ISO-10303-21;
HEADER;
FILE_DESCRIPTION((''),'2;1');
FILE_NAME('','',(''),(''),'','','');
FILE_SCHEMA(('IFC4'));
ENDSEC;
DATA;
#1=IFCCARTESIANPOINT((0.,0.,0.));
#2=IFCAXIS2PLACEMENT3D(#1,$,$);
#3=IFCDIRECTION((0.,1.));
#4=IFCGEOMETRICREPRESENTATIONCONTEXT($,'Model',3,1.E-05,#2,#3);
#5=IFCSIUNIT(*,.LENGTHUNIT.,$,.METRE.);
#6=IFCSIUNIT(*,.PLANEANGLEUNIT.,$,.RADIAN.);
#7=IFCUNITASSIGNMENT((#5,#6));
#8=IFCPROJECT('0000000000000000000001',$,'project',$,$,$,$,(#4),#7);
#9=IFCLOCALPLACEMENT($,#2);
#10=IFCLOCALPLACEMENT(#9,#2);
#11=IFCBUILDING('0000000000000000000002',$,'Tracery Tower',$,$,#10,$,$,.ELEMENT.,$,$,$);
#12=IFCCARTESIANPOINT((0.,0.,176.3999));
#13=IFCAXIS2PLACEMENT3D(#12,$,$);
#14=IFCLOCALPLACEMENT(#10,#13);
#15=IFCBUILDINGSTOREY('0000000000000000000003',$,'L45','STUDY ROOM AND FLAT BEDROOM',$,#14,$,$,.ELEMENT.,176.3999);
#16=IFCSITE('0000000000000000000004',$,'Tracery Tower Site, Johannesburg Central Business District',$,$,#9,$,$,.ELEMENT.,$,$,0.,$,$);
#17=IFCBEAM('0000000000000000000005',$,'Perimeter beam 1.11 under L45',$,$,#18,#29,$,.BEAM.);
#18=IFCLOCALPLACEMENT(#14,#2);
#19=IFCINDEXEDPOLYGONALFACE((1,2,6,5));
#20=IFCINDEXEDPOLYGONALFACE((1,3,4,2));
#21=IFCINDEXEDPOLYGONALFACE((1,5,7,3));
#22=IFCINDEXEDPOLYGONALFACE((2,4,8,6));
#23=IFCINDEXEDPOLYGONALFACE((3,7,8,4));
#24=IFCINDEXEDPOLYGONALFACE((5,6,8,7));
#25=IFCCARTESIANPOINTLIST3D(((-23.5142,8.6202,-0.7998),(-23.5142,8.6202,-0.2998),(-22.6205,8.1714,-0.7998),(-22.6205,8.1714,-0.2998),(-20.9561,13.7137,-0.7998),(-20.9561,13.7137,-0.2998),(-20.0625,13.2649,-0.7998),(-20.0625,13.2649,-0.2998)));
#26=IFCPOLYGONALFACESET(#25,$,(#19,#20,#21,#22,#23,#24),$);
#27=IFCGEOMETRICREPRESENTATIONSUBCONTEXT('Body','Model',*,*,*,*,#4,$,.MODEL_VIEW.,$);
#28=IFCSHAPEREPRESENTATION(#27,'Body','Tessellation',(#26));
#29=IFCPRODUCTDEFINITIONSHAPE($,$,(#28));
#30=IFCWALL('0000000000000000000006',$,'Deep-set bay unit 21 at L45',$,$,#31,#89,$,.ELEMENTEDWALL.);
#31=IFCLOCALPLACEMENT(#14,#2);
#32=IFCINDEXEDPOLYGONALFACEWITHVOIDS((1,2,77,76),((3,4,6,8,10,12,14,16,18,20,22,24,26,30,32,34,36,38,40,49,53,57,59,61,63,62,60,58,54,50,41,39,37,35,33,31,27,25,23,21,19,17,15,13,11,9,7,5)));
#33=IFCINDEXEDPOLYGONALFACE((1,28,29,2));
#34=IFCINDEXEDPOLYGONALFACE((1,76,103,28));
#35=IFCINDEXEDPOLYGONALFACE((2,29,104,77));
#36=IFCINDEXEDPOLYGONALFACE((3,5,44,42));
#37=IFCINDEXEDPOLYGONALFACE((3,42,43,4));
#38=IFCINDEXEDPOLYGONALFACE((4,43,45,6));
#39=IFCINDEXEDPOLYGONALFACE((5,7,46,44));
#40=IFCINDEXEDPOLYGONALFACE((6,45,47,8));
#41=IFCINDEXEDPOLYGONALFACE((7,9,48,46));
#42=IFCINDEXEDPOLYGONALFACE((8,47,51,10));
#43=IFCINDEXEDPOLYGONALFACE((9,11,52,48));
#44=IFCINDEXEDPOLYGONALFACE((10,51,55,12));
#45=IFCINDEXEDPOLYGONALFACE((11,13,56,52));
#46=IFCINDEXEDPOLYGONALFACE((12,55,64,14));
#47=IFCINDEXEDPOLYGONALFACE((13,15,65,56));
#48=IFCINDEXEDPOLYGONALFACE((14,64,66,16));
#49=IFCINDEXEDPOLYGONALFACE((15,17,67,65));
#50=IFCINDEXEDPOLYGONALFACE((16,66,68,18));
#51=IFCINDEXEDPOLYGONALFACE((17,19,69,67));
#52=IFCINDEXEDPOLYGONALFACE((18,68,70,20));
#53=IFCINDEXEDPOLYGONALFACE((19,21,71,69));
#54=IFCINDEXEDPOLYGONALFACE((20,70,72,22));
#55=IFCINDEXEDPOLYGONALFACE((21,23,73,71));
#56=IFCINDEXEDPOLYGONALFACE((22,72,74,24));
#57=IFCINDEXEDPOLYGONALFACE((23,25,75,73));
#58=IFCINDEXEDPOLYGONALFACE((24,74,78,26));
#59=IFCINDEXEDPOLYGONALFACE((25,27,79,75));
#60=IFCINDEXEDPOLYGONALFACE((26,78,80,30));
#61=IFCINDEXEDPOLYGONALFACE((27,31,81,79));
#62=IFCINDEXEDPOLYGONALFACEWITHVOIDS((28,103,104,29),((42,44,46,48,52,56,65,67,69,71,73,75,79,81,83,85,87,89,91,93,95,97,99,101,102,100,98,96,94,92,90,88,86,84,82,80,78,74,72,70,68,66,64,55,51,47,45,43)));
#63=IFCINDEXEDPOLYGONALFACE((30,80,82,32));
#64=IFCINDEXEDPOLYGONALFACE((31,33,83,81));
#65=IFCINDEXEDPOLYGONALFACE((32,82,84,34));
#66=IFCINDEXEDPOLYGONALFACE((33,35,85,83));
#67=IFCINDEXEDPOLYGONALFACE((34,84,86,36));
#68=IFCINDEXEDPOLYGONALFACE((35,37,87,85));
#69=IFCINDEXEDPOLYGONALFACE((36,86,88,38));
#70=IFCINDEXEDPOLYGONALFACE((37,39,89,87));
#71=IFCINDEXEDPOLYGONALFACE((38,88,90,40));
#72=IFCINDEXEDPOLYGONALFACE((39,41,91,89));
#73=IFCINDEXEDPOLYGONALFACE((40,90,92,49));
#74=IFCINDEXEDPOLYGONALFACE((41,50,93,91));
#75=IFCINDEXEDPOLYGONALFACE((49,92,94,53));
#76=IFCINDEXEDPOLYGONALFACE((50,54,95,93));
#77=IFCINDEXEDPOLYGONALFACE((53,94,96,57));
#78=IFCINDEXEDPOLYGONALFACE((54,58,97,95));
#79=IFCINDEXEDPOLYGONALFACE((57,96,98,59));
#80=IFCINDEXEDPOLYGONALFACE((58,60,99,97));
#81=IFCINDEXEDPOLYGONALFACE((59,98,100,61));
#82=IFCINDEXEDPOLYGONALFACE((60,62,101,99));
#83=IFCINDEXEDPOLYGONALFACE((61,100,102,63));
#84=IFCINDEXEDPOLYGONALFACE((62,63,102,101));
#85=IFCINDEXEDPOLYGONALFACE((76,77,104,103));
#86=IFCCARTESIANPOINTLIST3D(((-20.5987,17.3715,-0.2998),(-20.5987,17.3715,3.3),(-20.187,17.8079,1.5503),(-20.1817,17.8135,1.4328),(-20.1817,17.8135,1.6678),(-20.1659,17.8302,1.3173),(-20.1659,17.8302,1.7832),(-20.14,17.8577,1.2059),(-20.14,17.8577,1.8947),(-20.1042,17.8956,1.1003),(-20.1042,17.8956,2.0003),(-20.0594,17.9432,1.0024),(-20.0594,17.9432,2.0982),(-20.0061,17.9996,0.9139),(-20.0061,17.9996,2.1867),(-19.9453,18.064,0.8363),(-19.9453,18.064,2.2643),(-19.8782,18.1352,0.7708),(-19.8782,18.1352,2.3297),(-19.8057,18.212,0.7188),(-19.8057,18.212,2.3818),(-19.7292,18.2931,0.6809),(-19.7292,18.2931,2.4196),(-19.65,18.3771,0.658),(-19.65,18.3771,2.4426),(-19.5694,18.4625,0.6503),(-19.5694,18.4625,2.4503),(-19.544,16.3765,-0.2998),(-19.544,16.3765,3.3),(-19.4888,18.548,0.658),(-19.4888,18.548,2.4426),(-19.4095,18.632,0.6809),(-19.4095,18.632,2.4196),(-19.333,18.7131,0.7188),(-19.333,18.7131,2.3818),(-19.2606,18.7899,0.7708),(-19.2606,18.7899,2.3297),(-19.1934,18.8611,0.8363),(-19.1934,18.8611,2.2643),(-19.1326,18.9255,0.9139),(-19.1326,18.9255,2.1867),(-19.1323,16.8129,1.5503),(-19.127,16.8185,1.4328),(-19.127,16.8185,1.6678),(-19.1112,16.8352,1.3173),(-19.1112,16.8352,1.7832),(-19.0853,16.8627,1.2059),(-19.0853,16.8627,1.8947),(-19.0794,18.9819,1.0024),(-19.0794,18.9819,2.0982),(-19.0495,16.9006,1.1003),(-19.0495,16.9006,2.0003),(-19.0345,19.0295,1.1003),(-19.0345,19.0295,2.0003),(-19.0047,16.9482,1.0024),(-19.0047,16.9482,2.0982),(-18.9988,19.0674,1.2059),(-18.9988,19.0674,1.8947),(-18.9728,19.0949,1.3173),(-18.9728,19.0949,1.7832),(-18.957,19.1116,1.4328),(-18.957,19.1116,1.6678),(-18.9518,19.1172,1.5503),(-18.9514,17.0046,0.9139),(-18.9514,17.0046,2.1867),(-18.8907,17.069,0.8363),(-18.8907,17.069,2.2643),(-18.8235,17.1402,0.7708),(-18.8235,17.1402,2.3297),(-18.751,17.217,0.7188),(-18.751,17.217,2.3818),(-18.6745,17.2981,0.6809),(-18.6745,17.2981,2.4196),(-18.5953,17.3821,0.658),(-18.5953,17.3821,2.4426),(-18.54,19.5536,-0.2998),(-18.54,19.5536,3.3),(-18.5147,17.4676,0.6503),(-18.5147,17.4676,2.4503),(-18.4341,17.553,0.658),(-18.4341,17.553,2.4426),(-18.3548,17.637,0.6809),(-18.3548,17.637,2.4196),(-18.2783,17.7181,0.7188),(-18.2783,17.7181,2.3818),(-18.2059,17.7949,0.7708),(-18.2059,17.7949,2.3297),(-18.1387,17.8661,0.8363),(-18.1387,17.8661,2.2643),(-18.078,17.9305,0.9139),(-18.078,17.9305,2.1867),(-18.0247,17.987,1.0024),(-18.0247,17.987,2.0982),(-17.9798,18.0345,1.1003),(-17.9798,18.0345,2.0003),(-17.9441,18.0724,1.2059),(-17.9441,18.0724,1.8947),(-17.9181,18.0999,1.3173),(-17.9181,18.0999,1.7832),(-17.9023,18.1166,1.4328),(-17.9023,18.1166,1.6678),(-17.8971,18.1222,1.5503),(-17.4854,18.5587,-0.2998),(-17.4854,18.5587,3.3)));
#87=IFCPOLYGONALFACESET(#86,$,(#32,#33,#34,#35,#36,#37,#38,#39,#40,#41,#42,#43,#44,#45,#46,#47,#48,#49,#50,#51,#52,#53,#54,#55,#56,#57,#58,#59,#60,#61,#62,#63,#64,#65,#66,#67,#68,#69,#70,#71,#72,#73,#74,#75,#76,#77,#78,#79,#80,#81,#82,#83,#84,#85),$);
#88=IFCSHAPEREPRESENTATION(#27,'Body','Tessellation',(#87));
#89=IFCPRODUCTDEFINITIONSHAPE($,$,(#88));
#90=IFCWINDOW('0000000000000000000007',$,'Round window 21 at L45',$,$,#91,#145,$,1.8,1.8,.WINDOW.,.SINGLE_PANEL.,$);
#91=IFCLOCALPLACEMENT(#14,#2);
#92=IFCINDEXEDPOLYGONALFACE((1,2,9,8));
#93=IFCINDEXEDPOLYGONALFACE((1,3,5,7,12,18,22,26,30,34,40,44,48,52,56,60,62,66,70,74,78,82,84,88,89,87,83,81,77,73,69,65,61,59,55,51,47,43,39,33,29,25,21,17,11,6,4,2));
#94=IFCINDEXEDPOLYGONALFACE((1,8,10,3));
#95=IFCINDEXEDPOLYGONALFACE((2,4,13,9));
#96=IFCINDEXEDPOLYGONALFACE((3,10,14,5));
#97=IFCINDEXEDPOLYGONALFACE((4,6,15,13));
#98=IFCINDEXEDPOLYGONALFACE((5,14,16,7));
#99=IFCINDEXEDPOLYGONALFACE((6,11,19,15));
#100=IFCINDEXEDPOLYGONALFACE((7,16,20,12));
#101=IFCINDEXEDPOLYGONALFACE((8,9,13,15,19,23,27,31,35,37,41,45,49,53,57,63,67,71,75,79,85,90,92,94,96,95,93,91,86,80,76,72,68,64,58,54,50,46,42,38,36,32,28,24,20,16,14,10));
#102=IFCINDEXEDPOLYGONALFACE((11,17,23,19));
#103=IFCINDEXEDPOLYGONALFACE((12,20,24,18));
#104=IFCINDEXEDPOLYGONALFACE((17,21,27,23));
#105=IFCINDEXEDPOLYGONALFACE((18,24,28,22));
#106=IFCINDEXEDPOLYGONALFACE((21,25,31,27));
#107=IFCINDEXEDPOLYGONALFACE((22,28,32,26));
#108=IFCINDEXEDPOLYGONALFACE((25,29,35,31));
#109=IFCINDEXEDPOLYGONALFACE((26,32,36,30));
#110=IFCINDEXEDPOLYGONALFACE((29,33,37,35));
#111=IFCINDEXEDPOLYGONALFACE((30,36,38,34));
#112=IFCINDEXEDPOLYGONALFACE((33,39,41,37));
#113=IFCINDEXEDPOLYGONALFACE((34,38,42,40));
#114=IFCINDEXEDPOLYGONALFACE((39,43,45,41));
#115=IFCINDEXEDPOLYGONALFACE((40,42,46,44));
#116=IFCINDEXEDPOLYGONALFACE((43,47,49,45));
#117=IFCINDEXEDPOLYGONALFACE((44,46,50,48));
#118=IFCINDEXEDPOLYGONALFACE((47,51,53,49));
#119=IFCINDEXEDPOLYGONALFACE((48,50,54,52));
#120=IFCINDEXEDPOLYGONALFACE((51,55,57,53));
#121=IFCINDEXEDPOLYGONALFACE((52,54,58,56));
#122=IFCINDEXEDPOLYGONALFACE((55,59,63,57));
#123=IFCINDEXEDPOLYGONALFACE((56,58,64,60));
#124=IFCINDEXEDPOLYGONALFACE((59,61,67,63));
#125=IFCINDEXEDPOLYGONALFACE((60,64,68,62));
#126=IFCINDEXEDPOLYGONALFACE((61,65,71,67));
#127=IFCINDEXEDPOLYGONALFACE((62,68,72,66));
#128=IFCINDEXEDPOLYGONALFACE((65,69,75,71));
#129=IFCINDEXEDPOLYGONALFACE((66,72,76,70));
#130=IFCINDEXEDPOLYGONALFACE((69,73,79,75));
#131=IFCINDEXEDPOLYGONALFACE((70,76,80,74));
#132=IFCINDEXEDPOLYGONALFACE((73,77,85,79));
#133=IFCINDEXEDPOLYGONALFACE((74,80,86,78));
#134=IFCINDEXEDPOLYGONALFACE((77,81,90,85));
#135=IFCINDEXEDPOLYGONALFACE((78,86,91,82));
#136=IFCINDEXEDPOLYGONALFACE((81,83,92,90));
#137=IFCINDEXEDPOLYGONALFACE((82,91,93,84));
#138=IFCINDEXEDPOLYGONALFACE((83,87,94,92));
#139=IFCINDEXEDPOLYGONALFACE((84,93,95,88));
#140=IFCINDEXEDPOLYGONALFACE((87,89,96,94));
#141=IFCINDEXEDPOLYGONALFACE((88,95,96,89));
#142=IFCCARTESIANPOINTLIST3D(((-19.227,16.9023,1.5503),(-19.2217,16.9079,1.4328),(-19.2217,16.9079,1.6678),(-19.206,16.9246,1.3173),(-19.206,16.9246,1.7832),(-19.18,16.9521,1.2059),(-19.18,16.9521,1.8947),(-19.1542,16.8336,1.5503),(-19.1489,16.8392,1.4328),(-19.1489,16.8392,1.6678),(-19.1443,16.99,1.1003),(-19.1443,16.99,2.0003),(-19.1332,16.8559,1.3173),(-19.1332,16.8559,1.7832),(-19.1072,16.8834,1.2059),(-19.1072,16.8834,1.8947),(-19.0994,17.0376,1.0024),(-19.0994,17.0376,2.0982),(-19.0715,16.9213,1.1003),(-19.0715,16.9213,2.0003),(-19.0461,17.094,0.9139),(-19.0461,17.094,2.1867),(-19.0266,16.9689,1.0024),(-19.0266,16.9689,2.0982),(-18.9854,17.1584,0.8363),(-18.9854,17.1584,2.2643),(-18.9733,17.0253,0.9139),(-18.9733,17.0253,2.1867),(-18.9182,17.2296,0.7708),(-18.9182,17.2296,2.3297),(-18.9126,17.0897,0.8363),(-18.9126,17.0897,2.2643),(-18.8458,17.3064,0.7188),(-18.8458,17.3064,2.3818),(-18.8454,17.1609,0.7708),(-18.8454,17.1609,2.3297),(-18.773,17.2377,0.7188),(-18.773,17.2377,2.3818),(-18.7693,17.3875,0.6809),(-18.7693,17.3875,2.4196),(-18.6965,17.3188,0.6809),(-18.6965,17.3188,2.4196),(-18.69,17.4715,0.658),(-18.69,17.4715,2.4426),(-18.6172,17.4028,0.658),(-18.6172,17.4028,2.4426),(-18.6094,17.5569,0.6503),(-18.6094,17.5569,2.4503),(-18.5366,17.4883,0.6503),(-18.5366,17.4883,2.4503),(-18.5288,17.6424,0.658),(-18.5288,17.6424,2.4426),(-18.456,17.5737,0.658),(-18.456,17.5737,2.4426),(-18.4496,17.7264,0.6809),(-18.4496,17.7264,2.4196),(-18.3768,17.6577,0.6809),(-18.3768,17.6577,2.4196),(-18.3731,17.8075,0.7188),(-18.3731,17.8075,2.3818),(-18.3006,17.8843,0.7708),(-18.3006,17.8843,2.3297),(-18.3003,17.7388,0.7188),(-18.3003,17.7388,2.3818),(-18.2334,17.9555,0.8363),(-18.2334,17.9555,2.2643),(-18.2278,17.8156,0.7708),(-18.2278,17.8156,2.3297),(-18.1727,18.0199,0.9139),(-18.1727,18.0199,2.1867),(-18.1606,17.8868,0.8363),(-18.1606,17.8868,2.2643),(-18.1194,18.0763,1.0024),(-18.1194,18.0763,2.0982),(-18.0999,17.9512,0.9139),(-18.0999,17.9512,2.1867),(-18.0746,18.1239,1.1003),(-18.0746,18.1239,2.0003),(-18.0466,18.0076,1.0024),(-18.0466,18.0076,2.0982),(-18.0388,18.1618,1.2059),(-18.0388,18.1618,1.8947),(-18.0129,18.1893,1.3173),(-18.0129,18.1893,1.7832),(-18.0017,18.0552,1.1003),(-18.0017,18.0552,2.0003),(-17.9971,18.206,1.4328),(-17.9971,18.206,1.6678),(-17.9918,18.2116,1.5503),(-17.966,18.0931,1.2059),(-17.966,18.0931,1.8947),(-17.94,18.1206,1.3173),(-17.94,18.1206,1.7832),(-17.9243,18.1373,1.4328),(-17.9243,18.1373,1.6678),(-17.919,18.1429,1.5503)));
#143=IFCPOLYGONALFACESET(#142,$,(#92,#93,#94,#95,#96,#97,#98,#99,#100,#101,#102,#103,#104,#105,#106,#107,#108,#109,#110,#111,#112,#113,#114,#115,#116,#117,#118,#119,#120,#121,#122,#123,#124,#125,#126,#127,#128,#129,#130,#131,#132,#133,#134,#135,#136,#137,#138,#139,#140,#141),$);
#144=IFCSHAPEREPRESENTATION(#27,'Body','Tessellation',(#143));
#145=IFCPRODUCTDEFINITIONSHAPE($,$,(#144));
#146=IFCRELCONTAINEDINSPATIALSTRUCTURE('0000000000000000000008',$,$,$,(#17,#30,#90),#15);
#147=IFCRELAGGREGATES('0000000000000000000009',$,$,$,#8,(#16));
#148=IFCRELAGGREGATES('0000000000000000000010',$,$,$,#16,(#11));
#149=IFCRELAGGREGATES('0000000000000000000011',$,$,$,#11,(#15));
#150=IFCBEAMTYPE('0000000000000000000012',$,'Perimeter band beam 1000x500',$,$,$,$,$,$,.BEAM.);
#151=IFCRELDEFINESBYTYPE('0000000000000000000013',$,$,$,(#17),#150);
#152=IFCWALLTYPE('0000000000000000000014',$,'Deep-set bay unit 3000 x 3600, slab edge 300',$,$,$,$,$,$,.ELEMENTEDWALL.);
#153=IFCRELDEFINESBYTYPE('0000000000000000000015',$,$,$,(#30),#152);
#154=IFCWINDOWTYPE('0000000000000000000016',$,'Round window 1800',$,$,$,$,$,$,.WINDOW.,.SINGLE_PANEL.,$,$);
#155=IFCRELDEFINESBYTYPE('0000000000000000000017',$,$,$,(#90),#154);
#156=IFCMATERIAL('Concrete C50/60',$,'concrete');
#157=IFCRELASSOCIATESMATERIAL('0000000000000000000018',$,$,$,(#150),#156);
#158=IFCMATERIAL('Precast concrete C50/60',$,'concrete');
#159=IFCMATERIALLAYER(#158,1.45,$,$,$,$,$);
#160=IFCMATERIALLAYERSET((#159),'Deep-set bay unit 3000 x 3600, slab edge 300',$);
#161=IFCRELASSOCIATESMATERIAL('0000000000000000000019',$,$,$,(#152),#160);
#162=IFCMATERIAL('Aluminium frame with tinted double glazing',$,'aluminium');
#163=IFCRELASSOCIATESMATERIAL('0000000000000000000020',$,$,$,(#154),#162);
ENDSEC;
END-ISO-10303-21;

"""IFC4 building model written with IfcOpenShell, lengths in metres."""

from ifc_helpers import new_model, si_unit, direction, frame, frame_2d, origin, origin_2d, place, context, subcontext, project, spatial, rectangle, circle, extrude, material, layer, layer_set, material_profile, profile_set, type_object, element, fill, save


model = new_model("IFC4")

# Units and contexts
model_context = context("Model", 3, precision=1e-05, world=origin(), true_north=direction((0.0, 1.0)))
body_context = subcontext(model_context, "Body", "Model", "MODEL_VIEW")
ifc_project = project(units=[si_unit("LENGTHUNIT", "METRE"), si_unit("PLANEANGLEUNIT", "RADIAN")], contexts=[model_context])

# Site, building, storey
site_placement = place(None, origin())
site = spatial("IfcSite", under=ifc_project, at=site_placement, Name="Tracery Tower Site, Johannesburg Central Business District", CompositionType="ELEMENT", RefElevation=0.0)
building_placement = place(site_placement, origin())
building = spatial("IfcBuilding", under=site, at=building_placement, Name="Tracery Tower", CompositionType="ELEMENT")
storey_placement = place(building_placement, frame((0.0, 0.0, 176.3999)))
storey = spatial("IfcBuildingStorey", under=building, at=storey_placement, Name="L45", Description="STUDY ROOM AND FLAT BEDROOM", CompositionType="ELEMENT", Elevation=176.3999)

# Beam
ifc_material_1 = material(Name="Concrete C50/60", Category="concrete")
ifc_material_profile_1 = material_profile(ifc_material_1, rectangle(XDim=1.0, YDim=0.5, at=origin_2d()), Name="RC 1000x500")
ifc_profile_set_1 = profile_set([ifc_material_profile_1], Name="Concrete C50/60")
beam_type_1 = type_object("IfcBeamType", Name="Perimeter band beam 1000x500", PredefinedType="BEAM", material=ifc_profile_set_1)
beam_1_placement = place(storey_placement, frame((-20.5093, 13.4893, -0.5498), z_axis=(-0.448806, -0.893629, 0.0), x_axis=(0.893629, -0.448806, 0.0)))
element("IfcBeam", 1, at=beam_1_placement, inside=storey, type_object=beam_type_1, Name="Perimeter beam 1.11 under L45", PredefinedType="BEAM", context=body_context, shape_type="SweptSolid", body=[
    extrude(rectangle(XDim=1.0, YDim=0.5, at=origin_2d()), origin(), (0.0, 0.0, 1.0), 5.6997),
])

# Wall, opening, window
ifc_material_2 = material(Name="Precast concrete C50/60", Category="concrete")
ifc_layer_1 = layer(ifc_material_2, 1.45)
ifc_layer_set_1 = layer_set([ifc_layer_1], Name="Deep-set bay unit 3000 x 3600, slab edge 300")
wall_type_1 = type_object("IfcWallType", Name="Deep-set bay unit 3000 x 3600, slab edge 300", PredefinedType="ELEMENTEDWALL", material=ifc_layer_set_1)
wall_1_placement = place(storey_placement, frame((-18.0127, 19.0562, -0.2998), z_axis=(0.0, 0.0, 1.0), x_axis=(-0.686217, -0.727397, 0.0)))
wall_1 = element("IfcWall", 2, at=wall_1_placement, inside=storey, type_object=wall_type_1, Name="Deep-set bay unit 21 at L45", PredefinedType="ELEMENTEDWALL", context=body_context, shape_type="SweptSolid", body=[
    extrude(rectangle(XDim=3.0, YDim=1.45, at=frame_2d((1.5, 0.0))), origin(), (0.0, 0.0, 1.0), 3.5999),
])
opening_1_placement = place(wall_1_placement, frame((1.5, 0.0, 1.8501)))
opening_1 = element("IfcOpeningElement", 3, at=opening_1_placement, cuts=wall_1, PredefinedType="OPENING", context=body_context, shape_type="SweptSolid", body=[
    extrude(circle(Radius=0.9, at=origin_2d()), frame((0.0, 0.7349, 0.0), z_axis=(0.0, -1.0, 0.0), x_axis=(1.0, 0.0, 0.0)), (0.0, 0.0, 1.0), 1.47),
])
ifc_material_3 = material(Name="Aluminium frame with tinted double glazing", Category="aluminium")
window_type = type_object("IfcWindowType", Name="Round window 1800", PartitioningType="SINGLE_PANEL", PredefinedType="WINDOW", material=ifc_material_3)
window_1_placement = place(opening_1_placement, origin())
window_1 = element("IfcWindow", 4, at=window_1_placement, inside=storey, type_object=window_type, Name="Round window 21 at L45", OverallHeight=1.8, OverallWidth=1.8, PartitioningType="SINGLE_PANEL", PredefinedType="WINDOW", context=body_context, shape_type="SweptSolid", body=[
    extrude(circle(Radius=0.9, at=origin_2d()), frame((0.0, 0.6948, 0.0), z_axis=(0.0, -1.0, 0.0), x_axis=(1.0, 0.0, 0.0)), (0.0, 0.0, 1.0), 0.1001),
])
fill(opening_1, window_1)

save(model, "model.ifc")
